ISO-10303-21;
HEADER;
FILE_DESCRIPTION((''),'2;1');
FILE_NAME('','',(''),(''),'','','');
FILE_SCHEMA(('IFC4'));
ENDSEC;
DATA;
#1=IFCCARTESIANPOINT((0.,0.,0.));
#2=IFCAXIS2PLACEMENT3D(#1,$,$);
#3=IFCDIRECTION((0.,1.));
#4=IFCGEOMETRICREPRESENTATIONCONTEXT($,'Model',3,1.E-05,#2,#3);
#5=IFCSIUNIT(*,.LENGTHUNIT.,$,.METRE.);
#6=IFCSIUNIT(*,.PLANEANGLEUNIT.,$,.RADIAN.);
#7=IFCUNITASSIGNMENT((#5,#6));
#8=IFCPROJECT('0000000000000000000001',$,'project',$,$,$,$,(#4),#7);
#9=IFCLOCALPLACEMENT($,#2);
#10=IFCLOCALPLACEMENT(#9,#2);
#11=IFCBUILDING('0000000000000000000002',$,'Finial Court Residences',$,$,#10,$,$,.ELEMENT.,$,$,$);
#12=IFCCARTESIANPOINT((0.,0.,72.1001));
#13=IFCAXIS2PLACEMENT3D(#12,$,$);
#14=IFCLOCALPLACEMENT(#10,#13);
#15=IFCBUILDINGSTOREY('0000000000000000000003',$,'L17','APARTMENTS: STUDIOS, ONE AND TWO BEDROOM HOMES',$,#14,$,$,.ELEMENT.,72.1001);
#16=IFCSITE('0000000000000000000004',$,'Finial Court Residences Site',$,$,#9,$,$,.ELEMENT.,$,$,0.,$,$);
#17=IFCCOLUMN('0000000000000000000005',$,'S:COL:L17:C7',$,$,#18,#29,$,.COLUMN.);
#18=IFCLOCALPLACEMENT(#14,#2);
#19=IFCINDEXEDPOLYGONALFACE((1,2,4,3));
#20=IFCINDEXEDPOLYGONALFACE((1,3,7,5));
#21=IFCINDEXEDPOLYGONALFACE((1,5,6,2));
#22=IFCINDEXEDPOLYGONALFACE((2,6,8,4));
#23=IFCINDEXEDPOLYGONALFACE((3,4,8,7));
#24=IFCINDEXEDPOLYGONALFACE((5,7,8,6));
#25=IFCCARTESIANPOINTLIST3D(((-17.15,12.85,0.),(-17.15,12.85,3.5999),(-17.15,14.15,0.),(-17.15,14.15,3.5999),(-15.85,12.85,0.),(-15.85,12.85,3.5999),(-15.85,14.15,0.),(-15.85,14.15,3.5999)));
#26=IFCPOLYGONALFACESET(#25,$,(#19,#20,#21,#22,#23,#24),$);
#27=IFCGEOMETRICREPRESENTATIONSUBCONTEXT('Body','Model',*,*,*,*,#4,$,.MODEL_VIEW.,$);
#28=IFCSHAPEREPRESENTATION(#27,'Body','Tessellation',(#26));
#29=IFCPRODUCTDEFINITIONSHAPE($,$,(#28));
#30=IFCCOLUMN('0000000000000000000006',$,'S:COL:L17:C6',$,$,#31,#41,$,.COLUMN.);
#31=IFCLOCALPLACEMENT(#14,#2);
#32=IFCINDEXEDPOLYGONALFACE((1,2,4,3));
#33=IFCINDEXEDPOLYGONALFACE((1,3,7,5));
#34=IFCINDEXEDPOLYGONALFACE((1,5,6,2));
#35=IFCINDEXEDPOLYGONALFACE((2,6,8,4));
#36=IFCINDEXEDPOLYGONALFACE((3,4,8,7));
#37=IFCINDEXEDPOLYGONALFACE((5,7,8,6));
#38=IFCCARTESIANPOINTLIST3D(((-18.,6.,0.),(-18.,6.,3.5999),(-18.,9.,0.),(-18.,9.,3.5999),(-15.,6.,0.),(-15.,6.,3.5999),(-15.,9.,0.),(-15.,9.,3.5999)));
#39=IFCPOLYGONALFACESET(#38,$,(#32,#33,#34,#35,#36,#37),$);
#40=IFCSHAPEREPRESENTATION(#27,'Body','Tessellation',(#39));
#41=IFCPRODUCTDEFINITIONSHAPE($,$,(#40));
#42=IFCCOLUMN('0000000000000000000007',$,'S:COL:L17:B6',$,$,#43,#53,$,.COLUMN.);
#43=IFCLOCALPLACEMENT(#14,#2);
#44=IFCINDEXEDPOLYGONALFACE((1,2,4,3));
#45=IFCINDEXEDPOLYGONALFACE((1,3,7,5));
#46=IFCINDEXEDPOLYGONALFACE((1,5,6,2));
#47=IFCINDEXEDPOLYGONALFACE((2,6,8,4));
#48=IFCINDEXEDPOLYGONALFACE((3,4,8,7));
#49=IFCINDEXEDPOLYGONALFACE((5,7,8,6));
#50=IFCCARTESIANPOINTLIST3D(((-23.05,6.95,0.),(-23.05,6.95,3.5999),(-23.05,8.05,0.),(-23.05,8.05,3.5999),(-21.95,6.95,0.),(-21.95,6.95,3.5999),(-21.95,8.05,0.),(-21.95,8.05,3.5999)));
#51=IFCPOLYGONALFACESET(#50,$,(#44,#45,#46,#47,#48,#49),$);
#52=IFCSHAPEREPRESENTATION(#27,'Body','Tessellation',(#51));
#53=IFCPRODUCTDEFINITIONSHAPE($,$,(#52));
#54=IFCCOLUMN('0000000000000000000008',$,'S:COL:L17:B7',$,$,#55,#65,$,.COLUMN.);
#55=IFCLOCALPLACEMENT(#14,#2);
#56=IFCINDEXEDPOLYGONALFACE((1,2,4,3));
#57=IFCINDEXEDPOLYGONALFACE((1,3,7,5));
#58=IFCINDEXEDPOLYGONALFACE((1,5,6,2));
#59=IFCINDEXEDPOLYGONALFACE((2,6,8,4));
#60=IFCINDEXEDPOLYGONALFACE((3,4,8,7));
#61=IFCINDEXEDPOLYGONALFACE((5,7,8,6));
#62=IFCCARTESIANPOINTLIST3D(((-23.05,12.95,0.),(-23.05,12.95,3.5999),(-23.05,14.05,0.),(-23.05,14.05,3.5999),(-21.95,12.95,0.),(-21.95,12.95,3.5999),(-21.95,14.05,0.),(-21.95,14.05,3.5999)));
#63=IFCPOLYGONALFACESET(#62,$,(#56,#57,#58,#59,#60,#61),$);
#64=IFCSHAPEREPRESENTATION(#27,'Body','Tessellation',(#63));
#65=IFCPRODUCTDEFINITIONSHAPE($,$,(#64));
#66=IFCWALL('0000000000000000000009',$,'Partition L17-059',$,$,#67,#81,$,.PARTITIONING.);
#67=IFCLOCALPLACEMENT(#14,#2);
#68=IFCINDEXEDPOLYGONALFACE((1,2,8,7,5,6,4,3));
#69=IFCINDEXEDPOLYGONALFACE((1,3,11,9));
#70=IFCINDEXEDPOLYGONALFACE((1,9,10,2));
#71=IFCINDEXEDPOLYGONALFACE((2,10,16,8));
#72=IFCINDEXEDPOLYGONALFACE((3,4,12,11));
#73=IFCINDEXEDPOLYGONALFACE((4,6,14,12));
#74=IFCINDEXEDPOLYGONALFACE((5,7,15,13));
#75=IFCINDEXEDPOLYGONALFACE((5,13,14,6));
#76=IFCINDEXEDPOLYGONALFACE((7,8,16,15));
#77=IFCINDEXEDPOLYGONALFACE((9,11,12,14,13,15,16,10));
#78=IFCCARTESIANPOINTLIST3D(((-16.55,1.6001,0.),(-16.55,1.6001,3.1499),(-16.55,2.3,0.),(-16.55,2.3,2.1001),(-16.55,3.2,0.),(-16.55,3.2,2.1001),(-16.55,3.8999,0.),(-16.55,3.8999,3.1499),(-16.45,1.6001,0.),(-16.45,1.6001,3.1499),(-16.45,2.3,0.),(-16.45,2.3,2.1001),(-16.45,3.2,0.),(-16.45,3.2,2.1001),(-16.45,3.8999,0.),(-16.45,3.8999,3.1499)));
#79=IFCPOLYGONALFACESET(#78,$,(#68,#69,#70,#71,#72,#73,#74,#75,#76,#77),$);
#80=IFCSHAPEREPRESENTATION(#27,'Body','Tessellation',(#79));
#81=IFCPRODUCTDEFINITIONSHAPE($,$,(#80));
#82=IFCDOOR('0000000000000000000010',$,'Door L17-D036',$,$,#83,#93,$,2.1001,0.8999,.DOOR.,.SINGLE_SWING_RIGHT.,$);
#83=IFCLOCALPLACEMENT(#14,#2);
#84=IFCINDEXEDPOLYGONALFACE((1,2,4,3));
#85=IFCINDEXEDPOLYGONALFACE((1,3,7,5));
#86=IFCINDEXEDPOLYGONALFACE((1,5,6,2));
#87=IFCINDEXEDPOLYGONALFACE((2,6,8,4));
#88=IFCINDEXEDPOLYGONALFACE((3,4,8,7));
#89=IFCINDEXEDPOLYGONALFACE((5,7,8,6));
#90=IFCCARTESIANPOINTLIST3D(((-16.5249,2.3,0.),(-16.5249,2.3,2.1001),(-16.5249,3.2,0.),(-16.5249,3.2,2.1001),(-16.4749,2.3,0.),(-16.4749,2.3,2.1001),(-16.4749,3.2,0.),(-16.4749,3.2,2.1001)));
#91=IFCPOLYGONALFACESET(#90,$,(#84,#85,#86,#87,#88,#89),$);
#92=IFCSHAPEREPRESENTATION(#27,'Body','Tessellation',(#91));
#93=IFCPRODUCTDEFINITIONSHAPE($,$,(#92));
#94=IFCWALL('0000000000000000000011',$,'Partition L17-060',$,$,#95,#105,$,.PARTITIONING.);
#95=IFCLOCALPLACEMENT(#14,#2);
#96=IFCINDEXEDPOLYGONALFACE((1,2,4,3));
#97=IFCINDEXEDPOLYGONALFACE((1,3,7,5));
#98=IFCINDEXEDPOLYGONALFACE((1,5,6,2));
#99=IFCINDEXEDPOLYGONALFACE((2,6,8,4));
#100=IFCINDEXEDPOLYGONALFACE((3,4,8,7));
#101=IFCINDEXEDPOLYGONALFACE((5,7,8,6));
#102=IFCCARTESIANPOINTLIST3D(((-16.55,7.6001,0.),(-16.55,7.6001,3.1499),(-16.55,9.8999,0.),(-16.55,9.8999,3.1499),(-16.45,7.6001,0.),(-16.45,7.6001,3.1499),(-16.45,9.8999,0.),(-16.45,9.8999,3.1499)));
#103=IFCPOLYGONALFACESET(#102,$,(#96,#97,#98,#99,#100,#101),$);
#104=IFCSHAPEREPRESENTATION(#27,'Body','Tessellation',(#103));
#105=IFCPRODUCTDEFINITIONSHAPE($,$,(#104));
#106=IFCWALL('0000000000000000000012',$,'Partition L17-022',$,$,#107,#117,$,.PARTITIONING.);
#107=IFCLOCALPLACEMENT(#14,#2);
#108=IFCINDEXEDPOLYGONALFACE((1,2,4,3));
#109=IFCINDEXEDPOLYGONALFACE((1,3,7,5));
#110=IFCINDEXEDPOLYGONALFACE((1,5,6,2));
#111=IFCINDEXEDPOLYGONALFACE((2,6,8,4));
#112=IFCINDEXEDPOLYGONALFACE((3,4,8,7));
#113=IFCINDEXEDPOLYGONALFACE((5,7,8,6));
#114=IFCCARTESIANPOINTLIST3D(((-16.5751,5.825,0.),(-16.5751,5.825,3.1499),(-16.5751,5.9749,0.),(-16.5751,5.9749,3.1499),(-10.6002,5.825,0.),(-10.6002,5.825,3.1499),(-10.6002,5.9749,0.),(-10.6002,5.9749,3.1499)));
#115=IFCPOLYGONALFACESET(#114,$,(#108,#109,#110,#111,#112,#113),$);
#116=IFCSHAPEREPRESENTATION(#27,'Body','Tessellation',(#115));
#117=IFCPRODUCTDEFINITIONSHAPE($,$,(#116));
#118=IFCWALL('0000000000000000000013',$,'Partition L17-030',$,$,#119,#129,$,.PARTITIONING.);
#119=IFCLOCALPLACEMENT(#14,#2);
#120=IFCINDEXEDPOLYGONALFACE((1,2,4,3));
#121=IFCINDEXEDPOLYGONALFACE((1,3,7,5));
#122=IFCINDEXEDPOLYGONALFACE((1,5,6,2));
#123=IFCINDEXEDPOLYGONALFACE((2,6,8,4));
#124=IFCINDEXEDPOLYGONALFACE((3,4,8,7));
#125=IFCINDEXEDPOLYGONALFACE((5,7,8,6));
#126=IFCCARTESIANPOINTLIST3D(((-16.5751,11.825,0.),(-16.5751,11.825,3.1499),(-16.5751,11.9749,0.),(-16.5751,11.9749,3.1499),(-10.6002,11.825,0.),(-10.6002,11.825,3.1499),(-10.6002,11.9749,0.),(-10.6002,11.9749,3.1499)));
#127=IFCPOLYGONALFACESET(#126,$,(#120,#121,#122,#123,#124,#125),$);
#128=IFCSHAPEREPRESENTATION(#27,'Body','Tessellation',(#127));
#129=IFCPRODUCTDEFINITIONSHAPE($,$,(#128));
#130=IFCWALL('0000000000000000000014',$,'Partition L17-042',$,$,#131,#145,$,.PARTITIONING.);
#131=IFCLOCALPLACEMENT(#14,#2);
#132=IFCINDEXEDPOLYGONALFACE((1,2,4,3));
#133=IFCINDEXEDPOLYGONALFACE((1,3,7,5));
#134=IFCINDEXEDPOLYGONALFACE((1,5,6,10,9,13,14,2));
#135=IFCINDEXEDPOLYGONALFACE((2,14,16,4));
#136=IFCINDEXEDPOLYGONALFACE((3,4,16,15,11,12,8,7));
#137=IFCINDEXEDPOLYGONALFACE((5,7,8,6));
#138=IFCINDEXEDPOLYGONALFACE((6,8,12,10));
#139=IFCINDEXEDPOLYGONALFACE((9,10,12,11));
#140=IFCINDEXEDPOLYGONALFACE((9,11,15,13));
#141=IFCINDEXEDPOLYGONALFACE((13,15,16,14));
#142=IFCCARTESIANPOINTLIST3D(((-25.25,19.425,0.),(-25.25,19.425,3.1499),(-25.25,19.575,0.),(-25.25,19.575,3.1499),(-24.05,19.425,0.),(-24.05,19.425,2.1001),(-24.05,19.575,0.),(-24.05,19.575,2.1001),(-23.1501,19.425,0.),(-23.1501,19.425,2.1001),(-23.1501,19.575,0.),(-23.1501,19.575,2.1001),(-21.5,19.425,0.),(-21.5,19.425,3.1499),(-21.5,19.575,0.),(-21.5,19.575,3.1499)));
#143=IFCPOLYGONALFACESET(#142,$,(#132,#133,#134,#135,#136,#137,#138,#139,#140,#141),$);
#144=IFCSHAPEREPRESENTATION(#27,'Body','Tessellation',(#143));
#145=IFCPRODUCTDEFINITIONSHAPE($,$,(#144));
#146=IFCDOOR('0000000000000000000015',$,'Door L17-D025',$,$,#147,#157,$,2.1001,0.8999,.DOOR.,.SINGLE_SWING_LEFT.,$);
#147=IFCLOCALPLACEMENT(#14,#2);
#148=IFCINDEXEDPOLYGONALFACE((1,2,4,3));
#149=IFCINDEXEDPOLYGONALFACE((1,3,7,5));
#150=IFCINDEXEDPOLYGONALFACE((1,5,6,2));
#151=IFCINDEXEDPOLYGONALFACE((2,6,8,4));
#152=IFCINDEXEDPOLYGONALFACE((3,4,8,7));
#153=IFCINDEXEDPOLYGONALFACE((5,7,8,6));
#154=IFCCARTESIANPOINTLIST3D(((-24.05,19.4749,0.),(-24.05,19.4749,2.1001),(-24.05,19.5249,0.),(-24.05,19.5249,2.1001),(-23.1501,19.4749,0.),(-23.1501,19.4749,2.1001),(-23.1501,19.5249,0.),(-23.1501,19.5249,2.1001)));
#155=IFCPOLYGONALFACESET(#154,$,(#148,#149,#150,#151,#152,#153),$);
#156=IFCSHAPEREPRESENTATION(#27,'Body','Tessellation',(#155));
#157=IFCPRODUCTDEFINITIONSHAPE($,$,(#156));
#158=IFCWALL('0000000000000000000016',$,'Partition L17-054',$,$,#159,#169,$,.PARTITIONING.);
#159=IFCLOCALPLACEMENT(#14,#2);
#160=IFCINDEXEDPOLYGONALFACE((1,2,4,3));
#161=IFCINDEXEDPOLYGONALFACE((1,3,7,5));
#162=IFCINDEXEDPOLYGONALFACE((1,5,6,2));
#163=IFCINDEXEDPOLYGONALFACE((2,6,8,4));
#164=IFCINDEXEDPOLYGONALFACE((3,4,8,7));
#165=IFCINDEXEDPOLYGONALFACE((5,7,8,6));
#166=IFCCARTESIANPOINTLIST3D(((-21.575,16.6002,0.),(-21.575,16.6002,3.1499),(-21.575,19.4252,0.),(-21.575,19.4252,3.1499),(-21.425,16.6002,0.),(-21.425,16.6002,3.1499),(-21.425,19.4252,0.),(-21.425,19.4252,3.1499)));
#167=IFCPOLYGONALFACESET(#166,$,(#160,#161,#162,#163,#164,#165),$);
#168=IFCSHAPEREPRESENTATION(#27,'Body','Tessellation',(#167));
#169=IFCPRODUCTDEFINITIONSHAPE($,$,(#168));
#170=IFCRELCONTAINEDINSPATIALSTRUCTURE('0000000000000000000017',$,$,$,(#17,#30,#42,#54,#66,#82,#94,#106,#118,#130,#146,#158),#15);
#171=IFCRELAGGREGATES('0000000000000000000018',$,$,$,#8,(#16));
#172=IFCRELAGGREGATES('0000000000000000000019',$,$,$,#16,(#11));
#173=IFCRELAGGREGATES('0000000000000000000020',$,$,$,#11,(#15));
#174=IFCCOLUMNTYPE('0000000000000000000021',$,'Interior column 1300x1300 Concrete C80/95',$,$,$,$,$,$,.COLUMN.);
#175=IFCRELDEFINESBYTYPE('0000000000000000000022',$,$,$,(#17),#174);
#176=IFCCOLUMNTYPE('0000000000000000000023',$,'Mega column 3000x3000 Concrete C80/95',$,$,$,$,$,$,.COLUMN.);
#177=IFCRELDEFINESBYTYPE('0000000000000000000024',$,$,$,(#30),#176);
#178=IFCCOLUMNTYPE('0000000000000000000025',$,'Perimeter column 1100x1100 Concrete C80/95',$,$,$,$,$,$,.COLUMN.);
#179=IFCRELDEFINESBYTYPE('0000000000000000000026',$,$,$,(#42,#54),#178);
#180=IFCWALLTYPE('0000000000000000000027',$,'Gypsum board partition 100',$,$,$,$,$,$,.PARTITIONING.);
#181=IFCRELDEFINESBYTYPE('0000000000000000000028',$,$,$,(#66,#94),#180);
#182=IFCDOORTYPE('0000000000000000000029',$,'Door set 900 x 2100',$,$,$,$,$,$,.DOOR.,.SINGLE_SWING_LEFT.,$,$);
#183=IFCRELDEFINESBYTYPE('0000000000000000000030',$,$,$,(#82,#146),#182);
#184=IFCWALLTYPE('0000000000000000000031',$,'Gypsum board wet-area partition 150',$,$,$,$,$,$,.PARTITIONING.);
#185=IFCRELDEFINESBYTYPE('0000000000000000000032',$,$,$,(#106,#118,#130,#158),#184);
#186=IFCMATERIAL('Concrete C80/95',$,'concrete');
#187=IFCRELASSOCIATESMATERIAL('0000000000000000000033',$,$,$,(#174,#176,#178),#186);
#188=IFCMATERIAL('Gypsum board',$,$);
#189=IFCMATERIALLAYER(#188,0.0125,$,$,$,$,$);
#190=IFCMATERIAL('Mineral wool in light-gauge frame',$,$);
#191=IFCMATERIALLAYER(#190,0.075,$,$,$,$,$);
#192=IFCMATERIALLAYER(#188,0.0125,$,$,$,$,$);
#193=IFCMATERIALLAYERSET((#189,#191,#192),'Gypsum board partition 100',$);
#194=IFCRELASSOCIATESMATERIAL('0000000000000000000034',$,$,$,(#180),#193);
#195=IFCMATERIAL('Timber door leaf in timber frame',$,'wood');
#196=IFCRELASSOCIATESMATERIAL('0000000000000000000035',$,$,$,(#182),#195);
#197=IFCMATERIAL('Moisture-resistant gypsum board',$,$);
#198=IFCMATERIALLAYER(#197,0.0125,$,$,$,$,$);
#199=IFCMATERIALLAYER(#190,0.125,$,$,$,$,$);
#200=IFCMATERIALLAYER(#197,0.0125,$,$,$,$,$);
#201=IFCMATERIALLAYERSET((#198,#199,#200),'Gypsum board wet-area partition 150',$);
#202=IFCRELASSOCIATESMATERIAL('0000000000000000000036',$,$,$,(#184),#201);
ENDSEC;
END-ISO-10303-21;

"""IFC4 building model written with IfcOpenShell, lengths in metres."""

from ifc_helpers import new_model, si_unit, direction, frame, frame_2d, origin, origin_2d, place, context, subcontext, project, spatial, rectangle, extrude, material, layer, layer_set, material_profile, profile_set, type_object, element, fill, save


model = new_model("IFC4")

# Units and contexts
model_context = context("Model", 3, precision=1e-05, world=origin(), true_north=direction((0.0, 1.0)))
body_context = subcontext(model_context, "Body", "Model", "MODEL_VIEW")
ifc_project = project(units=[si_unit("LENGTHUNIT", "METRE"), si_unit("PLANEANGLEUNIT", "RADIAN")], contexts=[model_context])

# Site, building, storey
site_placement = place(None, origin())
site = spatial("IfcSite", under=ifc_project, at=site_placement, Name="Finial Court Residences Site", CompositionType="ELEMENT", RefElevation=0.0)
building_placement = place(site_placement, origin())
building = spatial("IfcBuilding", under=site, at=building_placement, Name="Finial Court Residences", CompositionType="ELEMENT")
storey_placement = place(building_placement, frame((0.0, 0.0, 72.1001)))
storey = spatial("IfcBuildingStorey", under=building, at=storey_placement, Name="L17", Description="APARTMENTS: STUDIOS, ONE AND TWO BEDROOM HOMES", CompositionType="ELEMENT", Elevation=72.1001)

# Columns
ifc_material_1 = material(Name="Concrete C80/95", Category="concrete")
ifc_material_profile_1 = material_profile(ifc_material_1, rectangle(XDim=1.3, YDim=1.3, at=origin_2d()), Name="1300x1300")
ifc_profile_set_1 = profile_set([ifc_material_profile_1], Name="Concrete C80/95")
column_type_1 = type_object("IfcColumnType", Name="Interior column 1300x1300 Concrete C80/95", PredefinedType="COLUMN", material=ifc_profile_set_1)
column_1_placement = place(storey_placement, frame((-16.5, 13.5, 0.0), z_axis=(0.0, 0.0, 1.0), x_axis=(1.0, 0.0, 0.0)))
element("IfcColumn", 1, at=column_1_placement, inside=storey, type_object=column_type_1, Name="S:COL:L17:C7", PredefinedType="COLUMN", context=body_context, shape_type="SweptSolid", body=[
    extrude(rectangle(XDim=1.3, YDim=1.3, at=origin_2d()), origin(), (0.0, 0.0, 1.0), 3.5999),
])
ifc_material_profile_2 = material_profile(ifc_material_1, rectangle(XDim=3.0, YDim=3.0, at=origin_2d()), Name="3000x3000")
ifc_profile_set_2 = profile_set([ifc_material_profile_2], Name="Concrete C80/95")
column_type_2 = type_object("IfcColumnType", Name="Mega column 3000x3000 Concrete C80/95", PredefinedType="COLUMN", material=ifc_profile_set_2)
column_2_placement = place(storey_placement, frame((-16.5, 7.5, 0.0), z_axis=(0.0, 0.0, 1.0), x_axis=(1.0, 0.0, 0.0)))
element("IfcColumn", 2, at=column_2_placement, inside=storey, type_object=column_type_2, Name="S:COL:L17:C6", PredefinedType="COLUMN", context=body_context, shape_type="SweptSolid", body=[
    extrude(rectangle(XDim=3.0, YDim=3.0, at=origin_2d()), origin(), (0.0, 0.0, 1.0), 3.5999),
])
ifc_material_profile_3 = material_profile(ifc_material_1, rectangle(XDim=1.1001, YDim=1.1001, at=origin_2d()), Name="1100x1100")
ifc_profile_set_3 = profile_set([ifc_material_profile_3], Name="Concrete C80/95")
column_type_3 = type_object("IfcColumnType", Name="Perimeter column 1100x1100 Concrete C80/95", PredefinedType="COLUMN", material=ifc_profile_set_3)
for number, where, z_axis, x_axis, name in (
    (3, (-22.5, 7.5, 0.0), (0.0, 0.0, 1.0), (1.0, 0.0, 0.0), "S:COL:L17:B6"),
    (4, (-22.5, 13.5, 0.0), (0.0, 0.0, 1.0), (1.0, 0.0, 0.0), "S:COL:L17:B7"),
):
    element("IfcColumn", number, at=place(storey_placement, frame(where, z_axis=z_axis, x_axis=x_axis)), inside=storey, type_object=column_type_3, Name=name, PredefinedType="COLUMN", context=body_context, shape_type="SweptSolid", body=[
        extrude(rectangle(XDim=1.1001, YDim=1.1001, at=origin_2d()), origin(), (0.0, 0.0, 1.0), 3.5999),
    ])

# Wall, opening, door
ifc_material_2 = material(Name="Gypsum board")
ifc_layer_1 = layer(ifc_material_2, 0.0125)
ifc_material_3 = material(Name="Mineral wool in light-gauge frame")
ifc_layer_2 = layer(ifc_material_3, 0.075)
ifc_layer_3 = layer(ifc_material_2, 0.0125)
ifc_layer_set_1 = layer_set([ifc_layer_1, ifc_layer_2, ifc_layer_3], Name="Gypsum board partition 100")
wall_type_1 = type_object("IfcWallType", Name="Gypsum board partition 100", PredefinedType="PARTITIONING", material=ifc_layer_set_1)
wall_1_placement = place(storey_placement, frame((-16.5, 1.6001, 0.0), z_axis=(0.0, 0.0, 1.0), x_axis=(0.0, 1.0, 0.0)))
wall_1 = element("IfcWall", 5, at=wall_1_placement, inside=storey, type_object=wall_type_1, Name="Partition L17-059", PredefinedType="PARTITIONING", context=body_context, shape_type="SweptSolid", body=[
    extrude(rectangle(XDim=2.2998, YDim=0.1001, at=frame_2d((1.1499, 0.0))), origin(), (0.0, 0.0, 1.0), 3.1499),
])
opening_1_placement = place(wall_1_placement, frame((0.7, 0.0, 0.0)))
opening_1 = element("IfcOpeningElement", 6, at=opening_1_placement, cuts=wall_1, PredefinedType="OPENING", context=body_context, shape_type="SweptSolid", body=[
    extrude(rectangle(XDim=0.8999, YDim=2.1001, at=frame_2d((0.45, 1.05))), frame((0.0, 0.0601, 0.0), z_axis=(0.0, -1.0, 0.0), x_axis=(1.0, 0.0, 0.0)), (0.0, 0.0, 1.0), 0.1201),
])
ifc_material_4 = material(Name="Timber door leaf in timber frame", Category="wood")
door_type = type_object("IfcDoorType", Name="Door set 900 x 2100", OperationType="SINGLE_SWING_LEFT", PredefinedType="DOOR", material=ifc_material_4)
door_1_placement = place(opening_1_placement, origin())
door_1 = element("IfcDoor", 7, at=door_1_placement, inside=storey, type_object=door_type, Name="Door L17-D036", OperationType="SINGLE_SWING_RIGHT", OverallHeight=2.1001, OverallWidth=0.8999, PredefinedType="DOOR", context=body_context, shape_type="SweptSolid", body=[
    extrude(rectangle(XDim=0.8999, YDim=2.1001, at=frame_2d((0.45, 1.05))), frame((0.0, 0.0249, 0.0), z_axis=(0.0, -1.0, 0.0), x_axis=(1.0, 0.0, 0.0)), (0.0, 0.0, 1.0), 0.05),
])
fill(opening_1, door_1)

# Walls
wall_2_placement = place(storey_placement, frame((-16.5, 7.6001, 0.0), z_axis=(0.0, 0.0, 1.0), x_axis=(0.0, 1.0, 0.0)))
element("IfcWall", 8, at=wall_2_placement, inside=storey, type_object=wall_type_1, Name="Partition L17-060", PredefinedType="PARTITIONING", context=body_context, shape_type="SweptSolid", body=[
    extrude(rectangle(XDim=2.2998, YDim=0.1001, at=frame_2d((1.1499, 0.0))), origin(), (0.0, 0.0, 1.0), 3.1499),
])
ifc_material_5 = material(Name="Moisture-resistant gypsum board")
ifc_layer_4 = layer(ifc_material_5, 0.0125)
ifc_layer_5 = layer(ifc_material_3, 0.125)
ifc_layer_6 = layer(ifc_material_5, 0.0125)
ifc_layer_set_2 = layer_set([ifc_layer_4, ifc_layer_5, ifc_layer_6], Name="Gypsum board wet-area partition 150")
wall_type_2 = type_object("IfcWallType", Name="Gypsum board wet-area partition 150", PredefinedType="PARTITIONING", material=ifc_layer_set_2)
for number, where, z_axis, x_axis, name in (
    (9, (-16.575, 5.8999, 0.0), (0.0, 0.0, 1.0), (1.0, 0.0, 0.0), "Partition L17-022"),
    (10, (-16.575, 11.8999, 0.0), (0.0, 0.0, 1.0), (1.0, 0.0, 0.0), "Partition L17-030"),
):
    element("IfcWall", number, at=place(storey_placement, frame(where, z_axis=z_axis, x_axis=x_axis)), inside=storey, type_object=wall_type_2, Name=name, PredefinedType="PARTITIONING", context=body_context, shape_type="SweptSolid", body=[
        extrude(rectangle(XDim=5.9749, YDim=0.1499, at=frame_2d((2.9873, 0.0))), origin(), (0.0, 0.0, 1.0), 3.1499),
    ])

# Wall, opening, door
wall_3_placement = place(storey_placement, frame((-25.25, 19.5, 0.0), z_axis=(0.0, 0.0, 1.0), x_axis=(1.0, 0.0, 0.0)))
wall_3 = element("IfcWall", 11, at=wall_3_placement, inside=storey, type_object=wall_type_2, Name="Partition L17-042", PredefinedType="PARTITIONING", context=body_context, shape_type="SweptSolid", body=[
    extrude(rectangle(XDim=3.75, YDim=0.1499, at=frame_2d((1.875, 0.0))), origin(), (0.0, 0.0, 1.0), 3.1499),
])
opening_2_placement = place(wall_3_placement, frame((1.2, 0.0, 0.0)))
opening_2 = element("IfcOpeningElement", 12, at=opening_2_placement, cuts=wall_3, PredefinedType="OPENING", context=body_context, shape_type="SweptSolid", body=[
    extrude(rectangle(XDim=0.8999, YDim=2.1001, at=frame_2d((0.45, 1.05))), frame((0.0, 0.085, 0.0), z_axis=(0.0, -1.0, 0.0), x_axis=(1.0, 0.0, 0.0)), (0.0, 0.0, 1.0), 0.1699),
])
door_2_placement = place(opening_2_placement, origin())
door_2 = element("IfcDoor", 13, at=door_2_placement, inside=storey, type_object=door_type, Name="Door L17-D025", OperationType="SINGLE_SWING_LEFT", OverallHeight=2.1001, OverallWidth=0.8999, PredefinedType="DOOR", context=body_context, shape_type="SweptSolid", body=[
    extrude(rectangle(XDim=0.8999, YDim=2.1001, at=frame_2d((0.45, 1.05))), frame((0.0, 0.0249, 0.0), z_axis=(0.0, -1.0, 0.0), x_axis=(1.0, 0.0, 0.0)), (0.0, 0.0, 1.0), 0.05),
])
fill(opening_2, door_2)

# Wall
wall_4_placement = place(storey_placement, frame((-21.5, 16.6001, 0.0), z_axis=(0.0, 0.0, 1.0), x_axis=(0.0, 1.0, 0.0)))
element("IfcWall", 14, at=wall_4_placement, inside=storey, type_object=wall_type_2, Name="Partition L17-054", PredefinedType="PARTITIONING", context=body_context, shape_type="SweptSolid", body=[
    extrude(rectangle(XDim=2.825, YDim=0.1499, at=frame_2d((1.4126, 0.0))), origin(), (0.0, 0.0, 1.0), 3.1499),
])

save(model, "model.ifc")
